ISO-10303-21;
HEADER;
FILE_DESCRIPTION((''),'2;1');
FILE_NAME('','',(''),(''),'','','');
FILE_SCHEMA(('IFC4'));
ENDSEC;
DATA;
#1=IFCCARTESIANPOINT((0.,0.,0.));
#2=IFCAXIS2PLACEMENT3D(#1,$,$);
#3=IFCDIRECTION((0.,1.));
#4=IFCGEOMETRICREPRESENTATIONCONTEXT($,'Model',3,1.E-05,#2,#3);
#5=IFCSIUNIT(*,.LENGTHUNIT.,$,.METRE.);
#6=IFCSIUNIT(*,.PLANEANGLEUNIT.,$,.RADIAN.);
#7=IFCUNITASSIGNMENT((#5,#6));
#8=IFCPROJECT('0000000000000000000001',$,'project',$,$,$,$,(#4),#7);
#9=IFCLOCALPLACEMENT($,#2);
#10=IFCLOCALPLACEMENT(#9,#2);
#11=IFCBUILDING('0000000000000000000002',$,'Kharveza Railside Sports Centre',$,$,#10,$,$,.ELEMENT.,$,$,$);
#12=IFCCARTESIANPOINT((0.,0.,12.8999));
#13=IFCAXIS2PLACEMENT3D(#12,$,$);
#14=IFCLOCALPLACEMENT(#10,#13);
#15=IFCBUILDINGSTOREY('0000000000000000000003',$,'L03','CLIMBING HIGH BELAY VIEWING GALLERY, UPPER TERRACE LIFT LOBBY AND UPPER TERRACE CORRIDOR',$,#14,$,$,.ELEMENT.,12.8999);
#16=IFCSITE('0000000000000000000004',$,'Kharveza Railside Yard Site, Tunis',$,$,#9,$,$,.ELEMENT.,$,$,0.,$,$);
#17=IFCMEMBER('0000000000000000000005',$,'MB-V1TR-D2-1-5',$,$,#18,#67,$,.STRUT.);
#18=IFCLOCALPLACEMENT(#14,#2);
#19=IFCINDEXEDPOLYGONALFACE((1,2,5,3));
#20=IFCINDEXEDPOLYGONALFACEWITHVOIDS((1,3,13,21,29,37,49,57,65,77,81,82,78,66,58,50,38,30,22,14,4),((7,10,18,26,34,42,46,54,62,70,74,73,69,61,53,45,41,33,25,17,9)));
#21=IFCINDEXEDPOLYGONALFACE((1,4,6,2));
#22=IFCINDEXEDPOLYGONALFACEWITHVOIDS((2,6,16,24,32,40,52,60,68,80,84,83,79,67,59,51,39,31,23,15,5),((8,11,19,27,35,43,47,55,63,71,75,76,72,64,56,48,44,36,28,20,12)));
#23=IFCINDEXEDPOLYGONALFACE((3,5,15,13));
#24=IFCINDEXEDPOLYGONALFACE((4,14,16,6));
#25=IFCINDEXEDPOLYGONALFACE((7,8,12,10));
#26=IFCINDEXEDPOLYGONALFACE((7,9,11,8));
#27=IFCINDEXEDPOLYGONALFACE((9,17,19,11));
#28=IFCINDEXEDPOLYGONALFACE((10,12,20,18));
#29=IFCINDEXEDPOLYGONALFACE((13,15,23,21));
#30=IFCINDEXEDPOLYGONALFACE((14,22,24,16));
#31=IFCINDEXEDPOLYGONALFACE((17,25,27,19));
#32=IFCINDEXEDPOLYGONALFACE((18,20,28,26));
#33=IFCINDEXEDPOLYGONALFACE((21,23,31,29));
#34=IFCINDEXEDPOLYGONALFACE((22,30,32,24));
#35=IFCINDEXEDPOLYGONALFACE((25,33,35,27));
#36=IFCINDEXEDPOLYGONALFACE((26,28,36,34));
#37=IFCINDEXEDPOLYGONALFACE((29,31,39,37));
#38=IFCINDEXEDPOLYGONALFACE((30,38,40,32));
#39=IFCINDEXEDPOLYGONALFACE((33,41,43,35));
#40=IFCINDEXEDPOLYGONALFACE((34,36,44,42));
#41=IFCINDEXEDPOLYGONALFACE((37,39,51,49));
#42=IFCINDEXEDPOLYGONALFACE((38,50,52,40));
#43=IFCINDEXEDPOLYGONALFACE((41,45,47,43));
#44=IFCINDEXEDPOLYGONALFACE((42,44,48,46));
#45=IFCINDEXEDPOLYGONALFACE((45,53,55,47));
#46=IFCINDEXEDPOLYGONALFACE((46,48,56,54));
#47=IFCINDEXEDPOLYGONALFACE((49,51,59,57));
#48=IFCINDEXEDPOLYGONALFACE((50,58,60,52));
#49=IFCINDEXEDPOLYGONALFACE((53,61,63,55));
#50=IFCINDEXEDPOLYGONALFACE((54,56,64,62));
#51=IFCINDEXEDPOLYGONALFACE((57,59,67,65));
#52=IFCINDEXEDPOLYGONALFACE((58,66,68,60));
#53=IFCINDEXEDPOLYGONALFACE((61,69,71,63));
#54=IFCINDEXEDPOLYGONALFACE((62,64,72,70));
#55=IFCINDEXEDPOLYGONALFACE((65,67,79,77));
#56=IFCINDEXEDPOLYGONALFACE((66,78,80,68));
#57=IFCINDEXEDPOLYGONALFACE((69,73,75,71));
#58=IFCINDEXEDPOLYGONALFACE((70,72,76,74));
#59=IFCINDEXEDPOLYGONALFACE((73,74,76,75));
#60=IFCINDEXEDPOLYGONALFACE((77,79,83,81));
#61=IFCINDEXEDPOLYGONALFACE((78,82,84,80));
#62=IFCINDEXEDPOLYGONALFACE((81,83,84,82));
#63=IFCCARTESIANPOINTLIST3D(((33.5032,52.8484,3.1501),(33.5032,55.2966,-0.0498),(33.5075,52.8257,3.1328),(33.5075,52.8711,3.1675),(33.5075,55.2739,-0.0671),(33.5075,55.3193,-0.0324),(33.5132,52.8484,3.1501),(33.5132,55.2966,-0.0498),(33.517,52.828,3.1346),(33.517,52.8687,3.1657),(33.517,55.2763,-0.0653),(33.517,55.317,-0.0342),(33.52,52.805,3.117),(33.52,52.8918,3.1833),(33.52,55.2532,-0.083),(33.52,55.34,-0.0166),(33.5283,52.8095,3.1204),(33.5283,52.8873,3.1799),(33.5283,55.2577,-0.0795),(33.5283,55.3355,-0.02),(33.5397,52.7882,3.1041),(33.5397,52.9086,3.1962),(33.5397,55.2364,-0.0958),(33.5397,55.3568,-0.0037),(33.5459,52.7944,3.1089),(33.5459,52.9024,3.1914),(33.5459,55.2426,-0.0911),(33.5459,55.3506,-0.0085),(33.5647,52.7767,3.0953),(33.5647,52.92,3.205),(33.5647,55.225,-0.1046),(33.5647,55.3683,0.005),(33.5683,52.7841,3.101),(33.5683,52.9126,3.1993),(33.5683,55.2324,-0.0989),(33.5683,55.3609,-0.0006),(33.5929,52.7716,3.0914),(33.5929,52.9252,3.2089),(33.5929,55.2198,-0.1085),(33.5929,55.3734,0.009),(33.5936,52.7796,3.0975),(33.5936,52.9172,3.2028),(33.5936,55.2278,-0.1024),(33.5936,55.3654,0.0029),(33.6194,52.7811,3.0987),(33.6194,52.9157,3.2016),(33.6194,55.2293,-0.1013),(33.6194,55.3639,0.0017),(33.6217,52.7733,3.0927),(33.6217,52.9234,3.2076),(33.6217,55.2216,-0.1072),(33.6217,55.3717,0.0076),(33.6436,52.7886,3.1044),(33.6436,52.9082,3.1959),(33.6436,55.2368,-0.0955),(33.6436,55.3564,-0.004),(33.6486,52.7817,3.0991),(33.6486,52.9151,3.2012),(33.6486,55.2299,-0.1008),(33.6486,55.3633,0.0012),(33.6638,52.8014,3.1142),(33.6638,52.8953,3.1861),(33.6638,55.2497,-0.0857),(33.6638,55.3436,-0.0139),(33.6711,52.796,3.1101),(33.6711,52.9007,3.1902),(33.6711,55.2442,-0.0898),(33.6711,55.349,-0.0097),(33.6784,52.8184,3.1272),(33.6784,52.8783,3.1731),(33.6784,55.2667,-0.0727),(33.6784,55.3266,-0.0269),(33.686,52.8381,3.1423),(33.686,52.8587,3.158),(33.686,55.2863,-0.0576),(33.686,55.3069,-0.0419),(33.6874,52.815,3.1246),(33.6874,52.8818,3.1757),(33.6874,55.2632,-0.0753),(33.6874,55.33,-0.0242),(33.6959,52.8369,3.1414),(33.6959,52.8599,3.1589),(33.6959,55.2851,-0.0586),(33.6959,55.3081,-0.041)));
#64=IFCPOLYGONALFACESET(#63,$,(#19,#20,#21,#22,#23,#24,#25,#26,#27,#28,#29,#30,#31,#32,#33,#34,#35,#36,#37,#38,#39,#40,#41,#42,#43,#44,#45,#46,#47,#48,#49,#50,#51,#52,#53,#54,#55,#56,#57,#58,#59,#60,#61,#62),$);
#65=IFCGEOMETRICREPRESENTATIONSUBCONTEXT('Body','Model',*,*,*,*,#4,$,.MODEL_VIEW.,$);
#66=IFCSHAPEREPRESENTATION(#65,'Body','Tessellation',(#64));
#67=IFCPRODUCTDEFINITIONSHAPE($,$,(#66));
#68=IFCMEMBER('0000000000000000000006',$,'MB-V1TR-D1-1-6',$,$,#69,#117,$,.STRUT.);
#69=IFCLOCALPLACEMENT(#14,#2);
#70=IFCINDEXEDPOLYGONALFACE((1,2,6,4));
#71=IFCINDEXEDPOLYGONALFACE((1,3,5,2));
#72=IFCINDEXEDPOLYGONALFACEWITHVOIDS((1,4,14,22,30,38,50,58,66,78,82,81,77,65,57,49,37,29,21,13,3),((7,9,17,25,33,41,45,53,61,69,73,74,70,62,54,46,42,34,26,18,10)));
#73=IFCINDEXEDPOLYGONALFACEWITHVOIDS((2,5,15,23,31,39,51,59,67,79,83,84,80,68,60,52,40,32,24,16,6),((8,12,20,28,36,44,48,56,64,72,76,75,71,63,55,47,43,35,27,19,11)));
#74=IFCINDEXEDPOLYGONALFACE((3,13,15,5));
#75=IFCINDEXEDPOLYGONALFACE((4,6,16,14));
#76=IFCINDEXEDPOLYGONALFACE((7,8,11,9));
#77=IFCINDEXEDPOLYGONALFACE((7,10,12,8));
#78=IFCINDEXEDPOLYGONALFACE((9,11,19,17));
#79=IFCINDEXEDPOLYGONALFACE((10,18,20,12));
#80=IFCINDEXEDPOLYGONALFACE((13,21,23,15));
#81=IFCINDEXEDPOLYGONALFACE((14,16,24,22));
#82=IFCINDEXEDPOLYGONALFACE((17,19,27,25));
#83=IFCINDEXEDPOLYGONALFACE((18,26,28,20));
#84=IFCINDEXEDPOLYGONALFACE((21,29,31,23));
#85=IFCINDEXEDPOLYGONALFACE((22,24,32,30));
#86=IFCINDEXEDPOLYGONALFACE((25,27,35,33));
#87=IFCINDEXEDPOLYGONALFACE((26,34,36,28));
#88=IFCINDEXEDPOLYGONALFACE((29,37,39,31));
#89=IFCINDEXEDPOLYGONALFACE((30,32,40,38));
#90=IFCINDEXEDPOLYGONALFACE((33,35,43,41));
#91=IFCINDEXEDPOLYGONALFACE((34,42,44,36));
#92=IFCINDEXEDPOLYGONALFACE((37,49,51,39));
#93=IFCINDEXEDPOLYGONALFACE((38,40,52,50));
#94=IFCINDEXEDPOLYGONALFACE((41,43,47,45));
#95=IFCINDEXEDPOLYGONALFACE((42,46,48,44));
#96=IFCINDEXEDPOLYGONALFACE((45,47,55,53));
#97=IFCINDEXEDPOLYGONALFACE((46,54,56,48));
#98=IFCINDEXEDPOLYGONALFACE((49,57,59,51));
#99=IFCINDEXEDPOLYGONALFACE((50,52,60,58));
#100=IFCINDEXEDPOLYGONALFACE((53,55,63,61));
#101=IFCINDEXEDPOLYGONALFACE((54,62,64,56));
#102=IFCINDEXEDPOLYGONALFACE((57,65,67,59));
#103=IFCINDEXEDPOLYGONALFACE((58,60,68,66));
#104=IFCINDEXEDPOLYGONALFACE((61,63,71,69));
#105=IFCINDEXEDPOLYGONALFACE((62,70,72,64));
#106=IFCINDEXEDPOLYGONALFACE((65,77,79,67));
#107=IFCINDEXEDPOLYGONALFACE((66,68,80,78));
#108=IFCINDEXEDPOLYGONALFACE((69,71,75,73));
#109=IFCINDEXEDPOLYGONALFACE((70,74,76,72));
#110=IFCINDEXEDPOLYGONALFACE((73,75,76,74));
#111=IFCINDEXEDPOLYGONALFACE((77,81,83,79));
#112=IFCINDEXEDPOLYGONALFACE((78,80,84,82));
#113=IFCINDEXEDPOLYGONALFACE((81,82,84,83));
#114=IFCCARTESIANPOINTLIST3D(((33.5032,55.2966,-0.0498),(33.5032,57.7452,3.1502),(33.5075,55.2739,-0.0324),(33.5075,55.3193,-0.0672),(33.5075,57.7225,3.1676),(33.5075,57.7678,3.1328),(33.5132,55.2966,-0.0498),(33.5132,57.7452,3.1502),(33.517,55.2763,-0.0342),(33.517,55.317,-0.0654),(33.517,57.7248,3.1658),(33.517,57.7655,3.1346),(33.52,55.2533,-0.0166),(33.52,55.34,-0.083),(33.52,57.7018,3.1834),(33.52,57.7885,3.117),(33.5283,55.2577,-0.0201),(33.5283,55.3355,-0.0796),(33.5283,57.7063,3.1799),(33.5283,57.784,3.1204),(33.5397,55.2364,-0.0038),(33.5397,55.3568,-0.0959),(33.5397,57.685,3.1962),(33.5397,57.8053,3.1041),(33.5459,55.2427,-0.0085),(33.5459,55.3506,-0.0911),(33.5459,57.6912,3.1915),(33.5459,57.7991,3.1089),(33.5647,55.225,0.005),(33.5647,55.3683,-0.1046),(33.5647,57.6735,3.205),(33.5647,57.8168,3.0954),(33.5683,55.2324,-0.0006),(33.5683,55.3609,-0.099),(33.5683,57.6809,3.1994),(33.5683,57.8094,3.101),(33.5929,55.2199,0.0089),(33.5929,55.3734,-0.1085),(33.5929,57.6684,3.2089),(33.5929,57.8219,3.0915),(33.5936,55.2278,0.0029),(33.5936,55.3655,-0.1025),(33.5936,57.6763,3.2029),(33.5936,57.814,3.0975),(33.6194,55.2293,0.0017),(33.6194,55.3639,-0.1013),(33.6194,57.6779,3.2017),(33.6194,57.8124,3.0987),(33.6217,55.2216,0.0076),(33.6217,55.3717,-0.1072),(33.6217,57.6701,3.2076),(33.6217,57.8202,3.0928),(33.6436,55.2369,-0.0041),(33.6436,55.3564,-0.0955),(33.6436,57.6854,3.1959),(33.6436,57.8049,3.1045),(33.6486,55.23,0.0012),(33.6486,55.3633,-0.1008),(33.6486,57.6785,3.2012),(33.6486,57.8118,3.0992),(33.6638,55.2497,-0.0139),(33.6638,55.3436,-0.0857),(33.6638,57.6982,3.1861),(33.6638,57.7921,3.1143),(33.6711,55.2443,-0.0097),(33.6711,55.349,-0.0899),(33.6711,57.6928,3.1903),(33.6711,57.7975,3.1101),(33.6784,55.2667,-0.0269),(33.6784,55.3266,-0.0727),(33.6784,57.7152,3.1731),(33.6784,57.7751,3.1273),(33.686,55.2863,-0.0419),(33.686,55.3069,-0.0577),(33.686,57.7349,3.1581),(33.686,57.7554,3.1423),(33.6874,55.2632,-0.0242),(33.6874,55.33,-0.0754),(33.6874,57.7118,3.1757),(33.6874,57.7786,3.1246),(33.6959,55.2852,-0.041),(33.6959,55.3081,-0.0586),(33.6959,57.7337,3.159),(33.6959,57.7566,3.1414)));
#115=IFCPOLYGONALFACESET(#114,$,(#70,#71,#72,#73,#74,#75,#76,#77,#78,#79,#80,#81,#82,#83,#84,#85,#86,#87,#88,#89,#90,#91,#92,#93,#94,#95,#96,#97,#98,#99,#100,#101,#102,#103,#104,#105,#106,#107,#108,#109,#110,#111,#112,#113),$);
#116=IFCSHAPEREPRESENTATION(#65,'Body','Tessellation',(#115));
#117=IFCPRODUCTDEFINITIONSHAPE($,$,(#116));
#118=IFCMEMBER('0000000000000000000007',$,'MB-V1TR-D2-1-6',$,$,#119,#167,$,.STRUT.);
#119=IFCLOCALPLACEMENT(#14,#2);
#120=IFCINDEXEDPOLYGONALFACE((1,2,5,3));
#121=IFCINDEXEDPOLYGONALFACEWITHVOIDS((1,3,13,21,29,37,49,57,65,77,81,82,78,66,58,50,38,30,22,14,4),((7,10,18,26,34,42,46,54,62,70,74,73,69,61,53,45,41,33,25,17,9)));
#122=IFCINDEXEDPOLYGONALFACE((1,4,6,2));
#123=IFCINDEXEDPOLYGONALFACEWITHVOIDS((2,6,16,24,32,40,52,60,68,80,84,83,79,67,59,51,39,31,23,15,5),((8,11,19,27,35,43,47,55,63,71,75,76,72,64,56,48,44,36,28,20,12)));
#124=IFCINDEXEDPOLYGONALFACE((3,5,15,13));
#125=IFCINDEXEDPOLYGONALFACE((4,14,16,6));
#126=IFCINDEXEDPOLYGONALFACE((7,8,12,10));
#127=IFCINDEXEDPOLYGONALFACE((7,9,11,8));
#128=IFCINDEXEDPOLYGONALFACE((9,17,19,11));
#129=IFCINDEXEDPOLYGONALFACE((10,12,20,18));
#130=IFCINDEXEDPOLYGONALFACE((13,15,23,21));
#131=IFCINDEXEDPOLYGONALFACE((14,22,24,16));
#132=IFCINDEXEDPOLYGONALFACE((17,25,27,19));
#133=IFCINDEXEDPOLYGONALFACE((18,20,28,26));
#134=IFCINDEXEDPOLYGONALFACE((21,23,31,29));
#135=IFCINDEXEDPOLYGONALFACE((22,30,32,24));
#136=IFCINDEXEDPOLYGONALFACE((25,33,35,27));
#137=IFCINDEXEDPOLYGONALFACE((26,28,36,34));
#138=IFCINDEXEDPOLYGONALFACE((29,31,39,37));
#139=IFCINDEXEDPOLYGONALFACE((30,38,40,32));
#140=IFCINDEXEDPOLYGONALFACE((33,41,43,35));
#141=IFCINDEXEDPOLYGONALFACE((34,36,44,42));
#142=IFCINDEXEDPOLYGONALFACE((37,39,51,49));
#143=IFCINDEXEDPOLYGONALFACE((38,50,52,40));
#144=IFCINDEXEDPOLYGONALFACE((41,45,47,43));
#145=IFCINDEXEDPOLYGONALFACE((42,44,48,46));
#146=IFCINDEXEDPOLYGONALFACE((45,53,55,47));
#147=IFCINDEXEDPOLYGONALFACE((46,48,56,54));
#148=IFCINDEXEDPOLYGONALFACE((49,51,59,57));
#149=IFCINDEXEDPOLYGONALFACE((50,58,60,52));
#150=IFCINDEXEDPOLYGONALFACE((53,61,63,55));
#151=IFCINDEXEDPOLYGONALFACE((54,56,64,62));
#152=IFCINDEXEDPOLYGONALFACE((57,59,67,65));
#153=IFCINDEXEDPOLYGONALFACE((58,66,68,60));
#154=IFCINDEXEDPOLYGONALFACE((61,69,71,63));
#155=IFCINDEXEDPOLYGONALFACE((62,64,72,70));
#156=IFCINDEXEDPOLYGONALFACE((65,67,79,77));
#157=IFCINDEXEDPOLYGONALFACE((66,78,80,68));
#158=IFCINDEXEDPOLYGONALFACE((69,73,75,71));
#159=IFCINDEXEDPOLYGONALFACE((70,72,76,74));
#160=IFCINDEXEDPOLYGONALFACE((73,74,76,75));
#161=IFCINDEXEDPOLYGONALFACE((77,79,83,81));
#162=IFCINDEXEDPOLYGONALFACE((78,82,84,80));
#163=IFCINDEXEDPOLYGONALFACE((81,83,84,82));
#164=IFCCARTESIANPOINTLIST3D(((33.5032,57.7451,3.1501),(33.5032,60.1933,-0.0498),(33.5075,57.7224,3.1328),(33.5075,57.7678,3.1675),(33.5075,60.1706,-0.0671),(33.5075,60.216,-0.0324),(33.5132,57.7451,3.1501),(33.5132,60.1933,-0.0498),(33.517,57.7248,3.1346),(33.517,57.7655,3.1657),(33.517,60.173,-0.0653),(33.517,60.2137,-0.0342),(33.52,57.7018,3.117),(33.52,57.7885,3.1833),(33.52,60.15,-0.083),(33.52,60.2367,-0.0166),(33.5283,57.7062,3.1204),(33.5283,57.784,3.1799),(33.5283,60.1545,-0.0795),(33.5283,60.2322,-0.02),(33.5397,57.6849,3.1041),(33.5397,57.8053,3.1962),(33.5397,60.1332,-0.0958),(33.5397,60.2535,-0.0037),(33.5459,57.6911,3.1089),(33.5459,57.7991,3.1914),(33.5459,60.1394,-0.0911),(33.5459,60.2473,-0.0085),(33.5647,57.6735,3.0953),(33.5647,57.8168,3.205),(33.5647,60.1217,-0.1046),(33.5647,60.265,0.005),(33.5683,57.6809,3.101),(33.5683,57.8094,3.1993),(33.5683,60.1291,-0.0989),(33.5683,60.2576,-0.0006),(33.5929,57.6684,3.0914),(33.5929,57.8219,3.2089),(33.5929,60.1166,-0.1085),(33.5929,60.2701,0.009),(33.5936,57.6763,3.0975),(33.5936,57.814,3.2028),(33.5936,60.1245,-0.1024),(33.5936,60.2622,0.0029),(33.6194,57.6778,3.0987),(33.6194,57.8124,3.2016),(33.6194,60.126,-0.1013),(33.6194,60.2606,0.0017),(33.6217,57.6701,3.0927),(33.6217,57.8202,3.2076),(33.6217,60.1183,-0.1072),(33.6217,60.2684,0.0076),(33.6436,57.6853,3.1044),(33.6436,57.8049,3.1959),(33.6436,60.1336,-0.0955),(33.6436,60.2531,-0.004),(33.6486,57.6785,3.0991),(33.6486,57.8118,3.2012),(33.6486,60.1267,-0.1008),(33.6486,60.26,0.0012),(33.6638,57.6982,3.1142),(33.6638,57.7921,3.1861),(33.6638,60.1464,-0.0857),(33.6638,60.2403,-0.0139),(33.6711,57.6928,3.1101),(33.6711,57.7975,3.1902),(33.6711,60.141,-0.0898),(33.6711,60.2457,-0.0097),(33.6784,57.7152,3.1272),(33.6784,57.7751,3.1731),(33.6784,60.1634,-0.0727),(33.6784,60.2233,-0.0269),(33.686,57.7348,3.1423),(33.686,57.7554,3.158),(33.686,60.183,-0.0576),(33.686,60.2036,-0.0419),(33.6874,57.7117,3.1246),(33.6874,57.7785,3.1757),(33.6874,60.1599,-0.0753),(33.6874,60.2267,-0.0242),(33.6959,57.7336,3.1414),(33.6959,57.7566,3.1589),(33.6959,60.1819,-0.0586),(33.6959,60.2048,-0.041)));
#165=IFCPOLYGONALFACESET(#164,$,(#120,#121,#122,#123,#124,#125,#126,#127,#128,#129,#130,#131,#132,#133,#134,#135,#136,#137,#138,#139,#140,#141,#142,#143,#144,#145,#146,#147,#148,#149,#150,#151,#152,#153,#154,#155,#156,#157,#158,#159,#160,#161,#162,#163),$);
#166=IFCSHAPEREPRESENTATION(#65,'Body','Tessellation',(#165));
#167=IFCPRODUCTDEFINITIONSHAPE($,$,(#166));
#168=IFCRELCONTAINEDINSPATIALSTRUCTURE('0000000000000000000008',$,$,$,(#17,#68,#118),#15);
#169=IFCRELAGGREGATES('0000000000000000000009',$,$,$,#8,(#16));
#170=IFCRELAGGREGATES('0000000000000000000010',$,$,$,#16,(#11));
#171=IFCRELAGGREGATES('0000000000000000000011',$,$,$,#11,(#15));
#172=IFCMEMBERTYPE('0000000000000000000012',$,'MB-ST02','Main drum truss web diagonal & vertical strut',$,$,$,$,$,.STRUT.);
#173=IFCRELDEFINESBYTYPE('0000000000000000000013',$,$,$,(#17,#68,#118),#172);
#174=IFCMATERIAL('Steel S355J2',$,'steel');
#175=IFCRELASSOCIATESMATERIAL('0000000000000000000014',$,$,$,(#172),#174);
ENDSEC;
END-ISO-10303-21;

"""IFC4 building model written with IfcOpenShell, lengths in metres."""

from ifc_helpers import new_model, si_unit, direction, frame, origin, origin_2d, place, context, subcontext, project, spatial, hollow_circle, extrude, material, material_profile, profile_set, type_object, element, save


model = new_model("IFC4")

# Units and contexts
model_context = context("Model", 3, precision=1e-05, world=origin(), true_north=direction((0.0, 1.0)))
body_context = subcontext(model_context, "Body", "Model", "MODEL_VIEW")
ifc_project = project(units=[si_unit("LENGTHUNIT", "METRE"), si_unit("PLANEANGLEUNIT", "RADIAN")], contexts=[model_context])

# Site, building, storey
site_placement = place(None, origin())
site = spatial("IfcSite", under=ifc_project, at=site_placement, Name="Kharveza Railside Yard Site, Tunis", CompositionType="ELEMENT", RefElevation=0.0)
building_placement = place(site_placement, origin())
building = spatial("IfcBuilding", under=site, at=building_placement, Name="Kharveza Railside Sports Centre", CompositionType="ELEMENT")
storey_placement = place(building_placement, frame((0.0, 0.0, 12.8999)))
storey = spatial("IfcBuildingStorey", under=building, at=storey_placement, Name="L03", Description="CLIMBING HIGH BELAY VIEWING GALLERY, UPPER TERRACE LIFT LOBBY AND UPPER TERRACE CORRIDOR", CompositionType="ELEMENT", Elevation=12.8999)

# Shared definitions
ifc_material_1 = material(Name="Steel S355J2", Category="steel")

# Members
ifc_material_profile_1 = material_profile(ifc_material_1, hollow_circle(Radius=0.0969, WallThickness=0.01, at=origin_2d()), Name="CHS 193.7x10.0")
ifc_profile_set_1 = profile_set([ifc_material_profile_1], Name="Steel S355J2")
member_type_1 = type_object("IfcMemberType", Name="MB-ST02", Description="Main drum truss web diagonal & vertical strut", PredefinedType="STRUT", material=ifc_profile_set_1)
member_1_placement = place(storey_placement, frame((33.6001, 52.8484, 3.1501), z_axis=(0.0, 0.607641, -0.794212), x_axis=(-1.0, 0.0, 0.0)))
element("IfcMember", 1, at=member_1_placement, inside=storey, type_object=member_type_1, Name="MB-V1TR-D2-1-5", PredefinedType="STRUT", context=body_context, shape_type="SweptSolid", body=[
    extrude(hollow_circle(Radius=0.0969, WallThickness=0.01, at=origin_2d()), origin(), (0.0, 0.0, 1.0), 4.0291),
])
member_2_placement = place(storey_placement, frame((33.6001, 55.2966, -0.0498), z_axis=(0.0, 0.607679, 0.794182), x_axis=(-1.0, 0.0, 0.0)))
element("IfcMember", 2, at=member_2_placement, inside=storey, type_object=member_type_1, Name="MB-V1TR-D1-1-6", PredefinedType="STRUT", context=body_context, shape_type="SweptSolid", body=[
    extrude(hollow_circle(Radius=0.0969, WallThickness=0.01, at=origin_2d()), origin(), (0.0, 0.0, 1.0), 4.0293),
])
for number, where, z_axis, x_axis, name in (
    (3, (33.6001, 57.7451, 3.1501), (0.0, 0.607641, -0.794212), (-1.0, 0.0, 0.0), "MB-V1TR-D2-1-6"),
):
    element("IfcMember", number, at=place(storey_placement, frame(where, z_axis=z_axis, x_axis=x_axis)), inside=storey, type_object=member_type_1, Name=name, PredefinedType="STRUT", context=body_context, shape_type="SweptSolid", body=[
        extrude(hollow_circle(Radius=0.0969, WallThickness=0.01, at=origin_2d()), origin(), (0.0, 0.0, 1.0), 4.0291),
    ])

save(model, "model.ifc")
